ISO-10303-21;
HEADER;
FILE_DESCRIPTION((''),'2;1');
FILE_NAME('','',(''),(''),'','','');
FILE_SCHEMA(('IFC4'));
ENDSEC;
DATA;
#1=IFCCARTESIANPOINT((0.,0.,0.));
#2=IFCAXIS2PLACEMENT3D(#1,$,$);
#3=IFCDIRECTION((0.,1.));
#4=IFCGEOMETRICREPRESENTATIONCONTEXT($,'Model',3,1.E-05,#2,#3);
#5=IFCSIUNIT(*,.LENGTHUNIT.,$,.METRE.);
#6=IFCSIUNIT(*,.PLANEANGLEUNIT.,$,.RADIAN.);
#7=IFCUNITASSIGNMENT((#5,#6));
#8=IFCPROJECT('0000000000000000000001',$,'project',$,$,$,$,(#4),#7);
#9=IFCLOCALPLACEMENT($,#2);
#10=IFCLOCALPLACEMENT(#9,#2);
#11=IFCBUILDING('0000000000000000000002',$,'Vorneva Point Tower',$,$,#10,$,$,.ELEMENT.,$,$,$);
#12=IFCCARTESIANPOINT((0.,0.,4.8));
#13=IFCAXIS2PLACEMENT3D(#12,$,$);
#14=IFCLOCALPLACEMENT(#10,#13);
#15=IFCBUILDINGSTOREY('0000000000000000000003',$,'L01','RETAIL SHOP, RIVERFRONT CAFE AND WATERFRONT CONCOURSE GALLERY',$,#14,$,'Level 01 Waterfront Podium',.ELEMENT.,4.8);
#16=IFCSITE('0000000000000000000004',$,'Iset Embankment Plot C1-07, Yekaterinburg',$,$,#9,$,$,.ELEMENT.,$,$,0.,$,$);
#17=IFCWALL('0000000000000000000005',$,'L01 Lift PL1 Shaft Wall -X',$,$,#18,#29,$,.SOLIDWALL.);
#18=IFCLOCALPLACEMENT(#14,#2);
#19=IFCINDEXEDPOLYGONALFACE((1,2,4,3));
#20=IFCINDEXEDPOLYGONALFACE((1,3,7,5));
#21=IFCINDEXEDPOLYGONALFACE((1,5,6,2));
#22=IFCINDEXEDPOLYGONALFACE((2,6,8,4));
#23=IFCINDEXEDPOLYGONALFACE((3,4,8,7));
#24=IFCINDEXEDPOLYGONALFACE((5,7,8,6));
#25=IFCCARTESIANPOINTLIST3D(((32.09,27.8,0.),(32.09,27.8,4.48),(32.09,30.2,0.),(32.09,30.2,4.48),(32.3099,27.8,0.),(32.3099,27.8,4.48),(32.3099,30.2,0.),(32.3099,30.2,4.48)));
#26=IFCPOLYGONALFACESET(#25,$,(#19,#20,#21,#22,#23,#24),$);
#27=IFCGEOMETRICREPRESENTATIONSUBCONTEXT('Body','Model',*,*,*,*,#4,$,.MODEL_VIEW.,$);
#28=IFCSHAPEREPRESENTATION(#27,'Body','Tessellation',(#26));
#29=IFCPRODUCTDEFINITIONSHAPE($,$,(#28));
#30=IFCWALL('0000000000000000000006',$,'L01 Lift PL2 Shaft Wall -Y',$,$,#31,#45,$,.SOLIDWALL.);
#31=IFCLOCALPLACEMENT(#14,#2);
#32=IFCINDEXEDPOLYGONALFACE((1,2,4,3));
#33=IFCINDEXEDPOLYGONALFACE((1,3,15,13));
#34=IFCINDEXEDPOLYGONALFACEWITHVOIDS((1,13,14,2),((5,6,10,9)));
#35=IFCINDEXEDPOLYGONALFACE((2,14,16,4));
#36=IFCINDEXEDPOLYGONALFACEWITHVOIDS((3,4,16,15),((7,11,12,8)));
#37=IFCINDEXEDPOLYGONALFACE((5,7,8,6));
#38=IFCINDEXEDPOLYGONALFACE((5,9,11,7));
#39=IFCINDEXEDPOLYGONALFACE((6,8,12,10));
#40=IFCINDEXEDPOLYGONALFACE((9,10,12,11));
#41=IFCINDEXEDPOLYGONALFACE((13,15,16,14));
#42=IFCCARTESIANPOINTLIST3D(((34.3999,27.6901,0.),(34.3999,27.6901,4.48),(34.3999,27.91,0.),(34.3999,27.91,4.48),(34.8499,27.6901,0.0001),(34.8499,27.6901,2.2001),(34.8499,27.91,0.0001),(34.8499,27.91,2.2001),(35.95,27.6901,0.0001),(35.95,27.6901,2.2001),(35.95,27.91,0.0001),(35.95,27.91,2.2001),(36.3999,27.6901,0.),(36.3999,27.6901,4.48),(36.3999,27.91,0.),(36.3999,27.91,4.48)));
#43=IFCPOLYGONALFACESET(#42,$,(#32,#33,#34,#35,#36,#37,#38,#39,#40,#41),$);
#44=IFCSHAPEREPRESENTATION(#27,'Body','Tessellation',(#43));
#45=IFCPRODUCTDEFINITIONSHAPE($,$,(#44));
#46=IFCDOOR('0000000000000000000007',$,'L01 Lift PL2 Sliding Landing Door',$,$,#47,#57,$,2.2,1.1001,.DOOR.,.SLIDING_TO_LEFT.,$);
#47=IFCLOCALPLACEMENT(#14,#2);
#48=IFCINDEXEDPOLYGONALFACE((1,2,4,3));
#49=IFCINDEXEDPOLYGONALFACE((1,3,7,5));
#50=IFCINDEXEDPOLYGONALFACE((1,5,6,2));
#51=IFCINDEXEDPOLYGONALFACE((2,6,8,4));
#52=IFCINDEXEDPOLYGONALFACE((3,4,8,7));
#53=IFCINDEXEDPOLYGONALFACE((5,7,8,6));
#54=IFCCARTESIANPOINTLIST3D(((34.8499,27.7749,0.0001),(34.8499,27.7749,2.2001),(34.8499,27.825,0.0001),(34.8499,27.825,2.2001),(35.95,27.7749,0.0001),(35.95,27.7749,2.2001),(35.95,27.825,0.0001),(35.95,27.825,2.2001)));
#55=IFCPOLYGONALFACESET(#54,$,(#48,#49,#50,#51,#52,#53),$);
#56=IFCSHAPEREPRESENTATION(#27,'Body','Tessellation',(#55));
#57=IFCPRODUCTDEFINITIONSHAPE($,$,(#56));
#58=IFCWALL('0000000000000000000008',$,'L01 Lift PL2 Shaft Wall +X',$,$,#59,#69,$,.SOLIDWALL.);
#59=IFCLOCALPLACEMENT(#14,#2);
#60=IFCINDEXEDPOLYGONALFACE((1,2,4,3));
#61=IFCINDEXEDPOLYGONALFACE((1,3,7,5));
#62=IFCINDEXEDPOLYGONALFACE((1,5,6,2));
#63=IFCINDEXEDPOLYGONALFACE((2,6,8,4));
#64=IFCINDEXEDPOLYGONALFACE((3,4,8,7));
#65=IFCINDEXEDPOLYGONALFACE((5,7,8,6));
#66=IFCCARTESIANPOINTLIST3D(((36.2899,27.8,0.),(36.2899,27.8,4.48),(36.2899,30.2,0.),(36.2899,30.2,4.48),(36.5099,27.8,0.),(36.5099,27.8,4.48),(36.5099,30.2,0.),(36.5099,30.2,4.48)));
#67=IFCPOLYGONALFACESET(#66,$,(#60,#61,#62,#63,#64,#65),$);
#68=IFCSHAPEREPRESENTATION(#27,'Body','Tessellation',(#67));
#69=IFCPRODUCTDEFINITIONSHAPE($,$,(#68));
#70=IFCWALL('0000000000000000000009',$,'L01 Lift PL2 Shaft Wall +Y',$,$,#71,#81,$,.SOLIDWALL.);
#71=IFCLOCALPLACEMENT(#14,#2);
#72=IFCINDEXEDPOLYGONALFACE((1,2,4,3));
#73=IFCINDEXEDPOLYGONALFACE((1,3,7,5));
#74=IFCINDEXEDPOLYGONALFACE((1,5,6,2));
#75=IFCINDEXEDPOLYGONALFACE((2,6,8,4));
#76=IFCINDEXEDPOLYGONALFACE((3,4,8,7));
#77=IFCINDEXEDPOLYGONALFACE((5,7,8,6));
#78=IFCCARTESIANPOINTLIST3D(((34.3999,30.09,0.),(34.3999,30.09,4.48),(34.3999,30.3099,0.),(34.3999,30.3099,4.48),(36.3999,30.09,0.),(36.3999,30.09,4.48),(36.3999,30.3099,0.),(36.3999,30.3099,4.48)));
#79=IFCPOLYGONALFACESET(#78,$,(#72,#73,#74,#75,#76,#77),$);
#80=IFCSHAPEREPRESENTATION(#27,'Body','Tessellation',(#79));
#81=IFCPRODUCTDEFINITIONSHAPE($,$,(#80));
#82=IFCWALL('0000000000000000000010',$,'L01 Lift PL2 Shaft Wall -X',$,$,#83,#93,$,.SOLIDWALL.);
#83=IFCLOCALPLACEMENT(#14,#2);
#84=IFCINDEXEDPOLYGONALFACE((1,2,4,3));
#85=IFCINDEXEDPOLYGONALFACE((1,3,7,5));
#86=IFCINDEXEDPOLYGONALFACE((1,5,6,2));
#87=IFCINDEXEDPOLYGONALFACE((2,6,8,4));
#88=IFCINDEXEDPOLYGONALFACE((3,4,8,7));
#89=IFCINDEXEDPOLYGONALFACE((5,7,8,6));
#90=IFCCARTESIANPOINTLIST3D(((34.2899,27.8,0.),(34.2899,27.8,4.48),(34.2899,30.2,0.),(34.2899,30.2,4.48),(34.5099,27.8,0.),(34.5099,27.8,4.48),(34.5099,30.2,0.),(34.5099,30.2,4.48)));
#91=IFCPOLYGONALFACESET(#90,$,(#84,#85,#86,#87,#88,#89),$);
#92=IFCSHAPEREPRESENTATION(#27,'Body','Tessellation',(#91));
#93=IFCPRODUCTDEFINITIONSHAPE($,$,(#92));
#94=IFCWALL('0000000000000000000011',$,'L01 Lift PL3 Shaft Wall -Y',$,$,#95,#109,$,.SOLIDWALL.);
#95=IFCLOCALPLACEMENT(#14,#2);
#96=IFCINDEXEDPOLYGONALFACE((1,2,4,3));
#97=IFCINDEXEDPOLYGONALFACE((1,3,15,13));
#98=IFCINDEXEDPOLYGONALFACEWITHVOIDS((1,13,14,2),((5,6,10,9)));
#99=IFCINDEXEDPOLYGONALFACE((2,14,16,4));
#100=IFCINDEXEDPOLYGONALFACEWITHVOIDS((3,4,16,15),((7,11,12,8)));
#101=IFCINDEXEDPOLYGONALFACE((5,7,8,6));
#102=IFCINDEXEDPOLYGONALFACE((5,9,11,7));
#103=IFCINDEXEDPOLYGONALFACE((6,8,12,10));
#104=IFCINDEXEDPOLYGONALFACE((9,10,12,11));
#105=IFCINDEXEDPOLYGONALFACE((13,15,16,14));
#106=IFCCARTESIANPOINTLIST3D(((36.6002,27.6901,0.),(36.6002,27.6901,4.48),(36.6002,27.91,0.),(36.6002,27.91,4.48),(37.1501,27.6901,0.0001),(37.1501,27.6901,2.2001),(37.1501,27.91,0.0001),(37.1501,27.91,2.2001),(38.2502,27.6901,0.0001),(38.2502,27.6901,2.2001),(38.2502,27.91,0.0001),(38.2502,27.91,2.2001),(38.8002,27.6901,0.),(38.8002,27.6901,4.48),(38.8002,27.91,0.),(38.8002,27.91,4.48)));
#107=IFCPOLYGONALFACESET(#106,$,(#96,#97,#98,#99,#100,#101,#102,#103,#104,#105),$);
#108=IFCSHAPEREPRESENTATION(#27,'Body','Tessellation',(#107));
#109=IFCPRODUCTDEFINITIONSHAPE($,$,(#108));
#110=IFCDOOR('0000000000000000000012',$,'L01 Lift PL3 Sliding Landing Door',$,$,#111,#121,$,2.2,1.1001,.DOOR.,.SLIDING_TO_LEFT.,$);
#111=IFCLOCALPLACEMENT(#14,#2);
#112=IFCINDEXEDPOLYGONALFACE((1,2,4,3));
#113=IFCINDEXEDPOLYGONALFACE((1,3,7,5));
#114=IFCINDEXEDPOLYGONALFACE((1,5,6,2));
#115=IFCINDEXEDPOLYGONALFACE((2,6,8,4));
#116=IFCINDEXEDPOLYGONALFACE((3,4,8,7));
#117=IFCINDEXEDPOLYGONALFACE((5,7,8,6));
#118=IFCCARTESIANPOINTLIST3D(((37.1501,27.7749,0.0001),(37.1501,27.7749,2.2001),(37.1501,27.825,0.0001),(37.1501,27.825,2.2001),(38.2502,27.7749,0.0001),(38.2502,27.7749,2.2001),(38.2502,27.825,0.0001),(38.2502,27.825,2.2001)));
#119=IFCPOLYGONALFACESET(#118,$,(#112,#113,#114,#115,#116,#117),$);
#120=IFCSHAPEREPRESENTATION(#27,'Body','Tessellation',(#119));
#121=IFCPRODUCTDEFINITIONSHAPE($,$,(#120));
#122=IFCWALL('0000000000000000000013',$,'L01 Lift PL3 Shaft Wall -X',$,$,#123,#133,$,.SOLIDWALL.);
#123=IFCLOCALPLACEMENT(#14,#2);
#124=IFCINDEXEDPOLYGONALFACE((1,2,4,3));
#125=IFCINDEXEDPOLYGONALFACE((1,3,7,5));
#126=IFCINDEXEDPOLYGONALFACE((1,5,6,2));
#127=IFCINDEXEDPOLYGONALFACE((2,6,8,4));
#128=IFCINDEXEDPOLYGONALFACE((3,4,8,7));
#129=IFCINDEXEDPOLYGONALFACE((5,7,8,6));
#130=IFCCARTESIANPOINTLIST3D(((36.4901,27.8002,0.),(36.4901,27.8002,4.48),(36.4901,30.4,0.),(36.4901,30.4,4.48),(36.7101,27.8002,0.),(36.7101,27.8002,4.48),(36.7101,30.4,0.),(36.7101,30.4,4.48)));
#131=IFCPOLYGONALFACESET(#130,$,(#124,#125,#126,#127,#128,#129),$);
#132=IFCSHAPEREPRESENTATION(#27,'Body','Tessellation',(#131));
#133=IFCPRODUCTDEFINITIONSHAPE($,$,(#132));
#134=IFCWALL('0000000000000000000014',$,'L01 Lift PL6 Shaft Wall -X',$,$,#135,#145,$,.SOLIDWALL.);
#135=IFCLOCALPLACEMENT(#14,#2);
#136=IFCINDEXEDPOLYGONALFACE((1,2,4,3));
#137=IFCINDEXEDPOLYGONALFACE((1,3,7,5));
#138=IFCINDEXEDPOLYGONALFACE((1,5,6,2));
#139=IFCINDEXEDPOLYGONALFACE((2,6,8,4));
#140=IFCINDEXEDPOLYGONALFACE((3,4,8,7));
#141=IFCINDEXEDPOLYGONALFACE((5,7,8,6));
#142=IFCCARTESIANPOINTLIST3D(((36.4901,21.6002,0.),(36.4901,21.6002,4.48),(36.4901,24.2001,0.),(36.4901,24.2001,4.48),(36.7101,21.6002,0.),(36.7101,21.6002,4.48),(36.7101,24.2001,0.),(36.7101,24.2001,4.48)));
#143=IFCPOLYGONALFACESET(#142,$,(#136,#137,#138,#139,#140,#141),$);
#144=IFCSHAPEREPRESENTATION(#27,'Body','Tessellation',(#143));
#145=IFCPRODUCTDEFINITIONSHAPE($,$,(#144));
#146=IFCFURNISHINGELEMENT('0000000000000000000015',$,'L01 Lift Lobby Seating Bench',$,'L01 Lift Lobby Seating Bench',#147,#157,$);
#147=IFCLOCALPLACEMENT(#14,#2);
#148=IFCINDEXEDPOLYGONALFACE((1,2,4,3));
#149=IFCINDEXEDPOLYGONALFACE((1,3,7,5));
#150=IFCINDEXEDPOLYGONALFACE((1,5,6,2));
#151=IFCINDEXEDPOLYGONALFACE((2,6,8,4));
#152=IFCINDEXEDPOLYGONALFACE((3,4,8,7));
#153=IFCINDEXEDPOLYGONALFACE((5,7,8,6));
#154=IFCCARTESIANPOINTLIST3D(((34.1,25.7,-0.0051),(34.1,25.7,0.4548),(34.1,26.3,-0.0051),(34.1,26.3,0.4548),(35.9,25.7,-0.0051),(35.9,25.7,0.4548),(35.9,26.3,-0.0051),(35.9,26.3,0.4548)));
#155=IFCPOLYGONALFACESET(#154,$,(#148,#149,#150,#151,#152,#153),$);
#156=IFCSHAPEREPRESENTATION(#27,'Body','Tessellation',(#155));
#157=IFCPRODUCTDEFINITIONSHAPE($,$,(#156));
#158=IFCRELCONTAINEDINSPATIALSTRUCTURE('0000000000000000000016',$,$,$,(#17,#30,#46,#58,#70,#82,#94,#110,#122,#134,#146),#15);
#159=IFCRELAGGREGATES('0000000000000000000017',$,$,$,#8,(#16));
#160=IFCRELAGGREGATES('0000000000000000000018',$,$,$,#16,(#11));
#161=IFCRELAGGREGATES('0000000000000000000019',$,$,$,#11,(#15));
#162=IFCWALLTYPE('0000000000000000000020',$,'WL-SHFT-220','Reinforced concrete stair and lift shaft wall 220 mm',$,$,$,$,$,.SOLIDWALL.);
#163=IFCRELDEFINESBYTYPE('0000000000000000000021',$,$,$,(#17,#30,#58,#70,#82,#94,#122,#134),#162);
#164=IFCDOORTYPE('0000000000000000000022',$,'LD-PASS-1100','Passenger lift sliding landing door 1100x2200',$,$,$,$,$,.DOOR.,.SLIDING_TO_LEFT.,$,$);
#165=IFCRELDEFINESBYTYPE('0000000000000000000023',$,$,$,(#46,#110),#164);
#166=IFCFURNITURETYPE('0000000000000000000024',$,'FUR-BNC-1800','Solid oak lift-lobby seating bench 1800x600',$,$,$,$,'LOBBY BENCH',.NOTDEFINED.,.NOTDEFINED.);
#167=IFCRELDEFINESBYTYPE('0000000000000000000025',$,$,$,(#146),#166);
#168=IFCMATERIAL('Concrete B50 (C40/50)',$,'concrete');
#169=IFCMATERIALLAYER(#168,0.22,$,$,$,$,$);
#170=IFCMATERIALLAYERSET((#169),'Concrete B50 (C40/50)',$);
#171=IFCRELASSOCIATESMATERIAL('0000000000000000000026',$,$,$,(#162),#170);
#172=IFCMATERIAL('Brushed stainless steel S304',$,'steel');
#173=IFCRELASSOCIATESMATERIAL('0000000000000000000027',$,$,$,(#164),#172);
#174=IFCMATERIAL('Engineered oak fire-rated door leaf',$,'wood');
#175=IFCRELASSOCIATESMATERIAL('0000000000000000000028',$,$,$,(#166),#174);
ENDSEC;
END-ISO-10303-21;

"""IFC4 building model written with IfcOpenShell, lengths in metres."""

from ifc_helpers import new_model, si_unit, direction, frame, frame_2d, origin, origin_2d, place, context, subcontext, project, spatial, rectangle, extrude, material, layer, layer_set, type_object, element, fill, save


model = new_model("IFC4")

# Units and contexts
model_context = context("Model", 3, precision=1e-05, world=origin(), true_north=direction((0.0, 1.0)))
body_context = subcontext(model_context, "Body", "Model", "MODEL_VIEW")
ifc_project = project(units=[si_unit("LENGTHUNIT", "METRE"), si_unit("PLANEANGLEUNIT", "RADIAN")], contexts=[model_context])

# Site, building, storey
site_placement = place(None, origin())
site = spatial("IfcSite", under=ifc_project, at=site_placement, Name="Iset Embankment Plot C1-07, Yekaterinburg", CompositionType="ELEMENT", RefElevation=0.0)
building_placement = place(site_placement, origin())
building = spatial("IfcBuilding", under=site, at=building_placement, Name="Vorneva Point Tower", CompositionType="ELEMENT")
storey_placement = place(building_placement, frame((0.0, 0.0, 4.8)))
storey = spatial("IfcBuildingStorey", under=building, at=storey_placement, Name="L01", Description="RETAIL SHOP, RIVERFRONT CAFE AND WATERFRONT CONCOURSE GALLERY", LongName="Level 01 Waterfront Podium", CompositionType="ELEMENT", Elevation=4.8)

# Shared definitions
ifc_material_1 = material(Name="Brushed stainless steel S304", Category="steel")

# Shared definitions
ifc_material_2 = material(Name="Concrete B50 (C40/50)", Category="concrete")
ifc_layer_1 = layer(ifc_material_2, 0.22)
ifc_layer_set_1 = layer_set([ifc_layer_1], Name="Concrete B50 (C40/50)")
wall_type_1 = type_object("IfcWallType", Name="WL-SHFT-220", Description="Reinforced concrete stair and lift shaft wall 220 mm", PredefinedType="SOLIDWALL", material=ifc_layer_set_1)
door_type_1 = type_object("IfcDoorType", Name="LD-PASS-1100", Description="Passenger lift sliding landing door 1100x2200", OperationType="SLIDING_TO_LEFT", PredefinedType="DOOR", material=ifc_material_1)

# Wall
wall_1_placement = place(storey_placement, frame((32.2, 30.2, 0.0), z_axis=(0.0, 0.0, 1.0), x_axis=(0.0, -1.0, 0.0)))
element("IfcWall", 1, at=wall_1_placement, inside=storey, type_object=wall_type_1, Name="L01 Lift PL1 Shaft Wall -X", PredefinedType="SOLIDWALL", context=body_context, shape_type="SweptSolid", body=[
    extrude(rectangle(XDim=2.3999, YDim=0.22, at=frame_2d((1.2, 0.0))), origin(), (0.0, 0.0, 1.0), 4.48),
])

# Wall, opening, door
wall_2_placement = place(storey_placement, frame((34.3999, 27.8, 0.0), z_axis=(0.0, 0.0, 1.0), x_axis=(1.0, 0.0, 0.0)))
wall_2 = element("IfcWall", 2, at=wall_2_placement, inside=storey, type_object=wall_type_1, Name="L01 Lift PL2 Shaft Wall -Y", PredefinedType="SOLIDWALL", context=body_context, shape_type="SweptSolid", body=[
    extrude(rectangle(XDim=2.0, YDim=0.22, at=frame_2d((1.0, 0.0))), origin(), (0.0, 0.0, 1.0), 4.48),
])
opening_1_placement = place(wall_2_placement, frame((0.45, 0.0, 0.0)))
opening_1 = element("IfcOpeningElement", 3, at=opening_1_placement, cuts=wall_2, PredefinedType="OPENING", context=body_context, shape_type="SweptSolid", body=[
    extrude(rectangle(XDim=1.1001, YDim=2.2, at=frame_2d((0.55, 1.1001))), frame((0.0, 0.125, 0.0), z_axis=(0.0, -1.0, 0.0), x_axis=(1.0, 0.0, 0.0)), (0.0, 0.0, 1.0), 0.2498),
])
door_1_placement = place(opening_1_placement, origin())
door_1 = element("IfcDoor", 4, at=door_1_placement, inside=storey, type_object=door_type_1, Name="L01 Lift PL2 Sliding Landing Door", OperationType="SLIDING_TO_LEFT", OverallHeight=2.2, OverallWidth=1.1001, PredefinedType="DOOR", context=body_context, shape_type="SweptSolid", body=[
    extrude(rectangle(XDim=1.1001, YDim=2.2, at=frame_2d((0.55, 1.1001))), frame((0.0, 0.0249, 0.0), z_axis=(0.0, -1.0, 0.0), x_axis=(1.0, 0.0, 0.0)), (0.0, 0.0, 1.0), 0.05),
])
fill(opening_1, door_1)

# Walls
wall_3_placement = place(storey_placement, frame((36.3999, 27.8, 0.0), z_axis=(0.0, 0.0, 1.0), x_axis=(0.0, 1.0, 0.0)))
element("IfcWall", 5, at=wall_3_placement, inside=storey, type_object=wall_type_1, Name="L01 Lift PL2 Shaft Wall +X", PredefinedType="SOLIDWALL", context=body_context, shape_type="SweptSolid", body=[
    extrude(rectangle(XDim=2.3999, YDim=0.22, at=frame_2d((1.2, 0.0))), origin(), (0.0, 0.0, 1.0), 4.48),
])
wall_4_placement = place(storey_placement, frame((36.3999, 30.2, 0.0), z_axis=(0.0, 0.0, 1.0), x_axis=(-1.0, 0.0, 0.0)))
element("IfcWall", 6, at=wall_4_placement, inside=storey, type_object=wall_type_1, Name="L01 Lift PL2 Shaft Wall +Y", PredefinedType="SOLIDWALL", context=body_context, shape_type="SweptSolid", body=[
    extrude(rectangle(XDim=2.0, YDim=0.22, at=frame_2d((1.0, 0.0))), origin(), (0.0, 0.0, 1.0), 4.48),
])
wall_5_placement = place(storey_placement, frame((34.3999, 30.2, 0.0), z_axis=(0.0, 0.0, 1.0), x_axis=(0.0, -1.0, 0.0)))
element("IfcWall", 7, at=wall_5_placement, inside=storey, type_object=wall_type_1, Name="L01 Lift PL2 Shaft Wall -X", PredefinedType="SOLIDWALL", context=body_context, shape_type="SweptSolid", body=[
    extrude(rectangle(XDim=2.3999, YDim=0.22, at=frame_2d((1.2, 0.0))), origin(), (0.0, 0.0, 1.0), 4.48),
])

# Wall, opening, door
wall_6_placement = place(storey_placement, frame((36.6001, 27.8, 0.0), z_axis=(0.0, 0.0, 1.0), x_axis=(1.0, 0.0, 0.0)))
wall_6 = element("IfcWall", 8, at=wall_6_placement, inside=storey, type_object=wall_type_1, Name="L01 Lift PL3 Shaft Wall -Y", PredefinedType="SOLIDWALL", context=body_context, shape_type="SweptSolid", body=[
    extrude(rectangle(XDim=2.2, YDim=0.22, at=frame_2d((1.1001, 0.0))), origin(), (0.0, 0.0, 1.0), 4.48),
])
opening_2_placement = place(wall_6_placement, frame((0.55, 0.0, 0.0)))
opening_2 = element("IfcOpeningElement", 9, at=opening_2_placement, cuts=wall_6, PredefinedType="OPENING", context=body_context, shape_type="SweptSolid", body=[
    extrude(rectangle(XDim=1.1001, YDim=2.2, at=frame_2d((0.55, 1.1001))), frame((0.0, 0.125, 0.0), z_axis=(0.0, -1.0, 0.0), x_axis=(1.0, 0.0, 0.0)), (0.0, 0.0, 1.0), 0.2498),
])
door_2_placement = place(opening_2_placement, origin())
door_2 = element("IfcDoor", 10, at=door_2_placement, inside=storey, type_object=door_type_1, Name="L01 Lift PL3 Sliding Landing Door", OperationType="SLIDING_TO_LEFT", OverallHeight=2.2, OverallWidth=1.1001, PredefinedType="DOOR", context=body_context, shape_type="SweptSolid", body=[
    extrude(rectangle(XDim=1.1001, YDim=2.2, at=frame_2d((0.55, 1.1001))), frame((0.0, 0.0249, 0.0), z_axis=(0.0, -1.0, 0.0), x_axis=(1.0, 0.0, 0.0)), (0.0, 0.0, 1.0), 0.05),
])
fill(opening_2, door_2)

# Walls
for number, where, z_axis, x_axis, name in (
    (11, (36.6001, 30.3999, 0.0), (0.0, 0.0, 1.0), (0.0, -1.0, 0.0), "L01 Lift PL3 Shaft Wall -X"),
    (12, (36.6001, 24.2, 0.0), (0.0, 0.0, 1.0), (0.0, -1.0, 0.0), "L01 Lift PL6 Shaft Wall -X"),
):
    element("IfcWall", number, at=place(storey_placement, frame(where, z_axis=z_axis, x_axis=x_axis)), inside=storey, type_object=wall_type_1, Name=name, PredefinedType="SOLIDWALL", context=body_context, shape_type="SweptSolid", body=[
        extrude(rectangle(XDim=2.5999, YDim=0.22, at=frame_2d((1.2998, 0.0))), origin(), (0.0, 0.0, 1.0), 4.48),
    ])

# Furnishing element
ifc_material_3 = material(Name="Engineered oak fire-rated door leaf", Category="wood")
furniture_type = type_object("IfcFurnitureType", Name="FUR-BNC-1800", Description="Solid oak lift-lobby seating bench 1800x600", ElementType="LOBBY BENCH", AssemblyPlace="NOTDEFINED", PredefinedType="NOTDEFINED", material=ifc_material_3)
furnishing_placement = place(storey_placement, frame((35.0, 26.0, -0.0051), z_axis=(0.0, 0.0, 1.0), x_axis=(1.0, 0.0, 0.0)))
element("IfcFurnishingElement", 13, at=furnishing_placement, inside=storey, type_object=furniture_type, Name="L01 Lift Lobby Seating Bench", ObjectType="L01 Lift Lobby Seating Bench", context=body_context, shape_type="SweptSolid", body=[
    extrude(rectangle(XDim=1.8, YDim=0.6001, at=origin_2d()), origin(), (0.0, 0.0, 1.0), 0.46),
])

save(model, "model.ifc")
